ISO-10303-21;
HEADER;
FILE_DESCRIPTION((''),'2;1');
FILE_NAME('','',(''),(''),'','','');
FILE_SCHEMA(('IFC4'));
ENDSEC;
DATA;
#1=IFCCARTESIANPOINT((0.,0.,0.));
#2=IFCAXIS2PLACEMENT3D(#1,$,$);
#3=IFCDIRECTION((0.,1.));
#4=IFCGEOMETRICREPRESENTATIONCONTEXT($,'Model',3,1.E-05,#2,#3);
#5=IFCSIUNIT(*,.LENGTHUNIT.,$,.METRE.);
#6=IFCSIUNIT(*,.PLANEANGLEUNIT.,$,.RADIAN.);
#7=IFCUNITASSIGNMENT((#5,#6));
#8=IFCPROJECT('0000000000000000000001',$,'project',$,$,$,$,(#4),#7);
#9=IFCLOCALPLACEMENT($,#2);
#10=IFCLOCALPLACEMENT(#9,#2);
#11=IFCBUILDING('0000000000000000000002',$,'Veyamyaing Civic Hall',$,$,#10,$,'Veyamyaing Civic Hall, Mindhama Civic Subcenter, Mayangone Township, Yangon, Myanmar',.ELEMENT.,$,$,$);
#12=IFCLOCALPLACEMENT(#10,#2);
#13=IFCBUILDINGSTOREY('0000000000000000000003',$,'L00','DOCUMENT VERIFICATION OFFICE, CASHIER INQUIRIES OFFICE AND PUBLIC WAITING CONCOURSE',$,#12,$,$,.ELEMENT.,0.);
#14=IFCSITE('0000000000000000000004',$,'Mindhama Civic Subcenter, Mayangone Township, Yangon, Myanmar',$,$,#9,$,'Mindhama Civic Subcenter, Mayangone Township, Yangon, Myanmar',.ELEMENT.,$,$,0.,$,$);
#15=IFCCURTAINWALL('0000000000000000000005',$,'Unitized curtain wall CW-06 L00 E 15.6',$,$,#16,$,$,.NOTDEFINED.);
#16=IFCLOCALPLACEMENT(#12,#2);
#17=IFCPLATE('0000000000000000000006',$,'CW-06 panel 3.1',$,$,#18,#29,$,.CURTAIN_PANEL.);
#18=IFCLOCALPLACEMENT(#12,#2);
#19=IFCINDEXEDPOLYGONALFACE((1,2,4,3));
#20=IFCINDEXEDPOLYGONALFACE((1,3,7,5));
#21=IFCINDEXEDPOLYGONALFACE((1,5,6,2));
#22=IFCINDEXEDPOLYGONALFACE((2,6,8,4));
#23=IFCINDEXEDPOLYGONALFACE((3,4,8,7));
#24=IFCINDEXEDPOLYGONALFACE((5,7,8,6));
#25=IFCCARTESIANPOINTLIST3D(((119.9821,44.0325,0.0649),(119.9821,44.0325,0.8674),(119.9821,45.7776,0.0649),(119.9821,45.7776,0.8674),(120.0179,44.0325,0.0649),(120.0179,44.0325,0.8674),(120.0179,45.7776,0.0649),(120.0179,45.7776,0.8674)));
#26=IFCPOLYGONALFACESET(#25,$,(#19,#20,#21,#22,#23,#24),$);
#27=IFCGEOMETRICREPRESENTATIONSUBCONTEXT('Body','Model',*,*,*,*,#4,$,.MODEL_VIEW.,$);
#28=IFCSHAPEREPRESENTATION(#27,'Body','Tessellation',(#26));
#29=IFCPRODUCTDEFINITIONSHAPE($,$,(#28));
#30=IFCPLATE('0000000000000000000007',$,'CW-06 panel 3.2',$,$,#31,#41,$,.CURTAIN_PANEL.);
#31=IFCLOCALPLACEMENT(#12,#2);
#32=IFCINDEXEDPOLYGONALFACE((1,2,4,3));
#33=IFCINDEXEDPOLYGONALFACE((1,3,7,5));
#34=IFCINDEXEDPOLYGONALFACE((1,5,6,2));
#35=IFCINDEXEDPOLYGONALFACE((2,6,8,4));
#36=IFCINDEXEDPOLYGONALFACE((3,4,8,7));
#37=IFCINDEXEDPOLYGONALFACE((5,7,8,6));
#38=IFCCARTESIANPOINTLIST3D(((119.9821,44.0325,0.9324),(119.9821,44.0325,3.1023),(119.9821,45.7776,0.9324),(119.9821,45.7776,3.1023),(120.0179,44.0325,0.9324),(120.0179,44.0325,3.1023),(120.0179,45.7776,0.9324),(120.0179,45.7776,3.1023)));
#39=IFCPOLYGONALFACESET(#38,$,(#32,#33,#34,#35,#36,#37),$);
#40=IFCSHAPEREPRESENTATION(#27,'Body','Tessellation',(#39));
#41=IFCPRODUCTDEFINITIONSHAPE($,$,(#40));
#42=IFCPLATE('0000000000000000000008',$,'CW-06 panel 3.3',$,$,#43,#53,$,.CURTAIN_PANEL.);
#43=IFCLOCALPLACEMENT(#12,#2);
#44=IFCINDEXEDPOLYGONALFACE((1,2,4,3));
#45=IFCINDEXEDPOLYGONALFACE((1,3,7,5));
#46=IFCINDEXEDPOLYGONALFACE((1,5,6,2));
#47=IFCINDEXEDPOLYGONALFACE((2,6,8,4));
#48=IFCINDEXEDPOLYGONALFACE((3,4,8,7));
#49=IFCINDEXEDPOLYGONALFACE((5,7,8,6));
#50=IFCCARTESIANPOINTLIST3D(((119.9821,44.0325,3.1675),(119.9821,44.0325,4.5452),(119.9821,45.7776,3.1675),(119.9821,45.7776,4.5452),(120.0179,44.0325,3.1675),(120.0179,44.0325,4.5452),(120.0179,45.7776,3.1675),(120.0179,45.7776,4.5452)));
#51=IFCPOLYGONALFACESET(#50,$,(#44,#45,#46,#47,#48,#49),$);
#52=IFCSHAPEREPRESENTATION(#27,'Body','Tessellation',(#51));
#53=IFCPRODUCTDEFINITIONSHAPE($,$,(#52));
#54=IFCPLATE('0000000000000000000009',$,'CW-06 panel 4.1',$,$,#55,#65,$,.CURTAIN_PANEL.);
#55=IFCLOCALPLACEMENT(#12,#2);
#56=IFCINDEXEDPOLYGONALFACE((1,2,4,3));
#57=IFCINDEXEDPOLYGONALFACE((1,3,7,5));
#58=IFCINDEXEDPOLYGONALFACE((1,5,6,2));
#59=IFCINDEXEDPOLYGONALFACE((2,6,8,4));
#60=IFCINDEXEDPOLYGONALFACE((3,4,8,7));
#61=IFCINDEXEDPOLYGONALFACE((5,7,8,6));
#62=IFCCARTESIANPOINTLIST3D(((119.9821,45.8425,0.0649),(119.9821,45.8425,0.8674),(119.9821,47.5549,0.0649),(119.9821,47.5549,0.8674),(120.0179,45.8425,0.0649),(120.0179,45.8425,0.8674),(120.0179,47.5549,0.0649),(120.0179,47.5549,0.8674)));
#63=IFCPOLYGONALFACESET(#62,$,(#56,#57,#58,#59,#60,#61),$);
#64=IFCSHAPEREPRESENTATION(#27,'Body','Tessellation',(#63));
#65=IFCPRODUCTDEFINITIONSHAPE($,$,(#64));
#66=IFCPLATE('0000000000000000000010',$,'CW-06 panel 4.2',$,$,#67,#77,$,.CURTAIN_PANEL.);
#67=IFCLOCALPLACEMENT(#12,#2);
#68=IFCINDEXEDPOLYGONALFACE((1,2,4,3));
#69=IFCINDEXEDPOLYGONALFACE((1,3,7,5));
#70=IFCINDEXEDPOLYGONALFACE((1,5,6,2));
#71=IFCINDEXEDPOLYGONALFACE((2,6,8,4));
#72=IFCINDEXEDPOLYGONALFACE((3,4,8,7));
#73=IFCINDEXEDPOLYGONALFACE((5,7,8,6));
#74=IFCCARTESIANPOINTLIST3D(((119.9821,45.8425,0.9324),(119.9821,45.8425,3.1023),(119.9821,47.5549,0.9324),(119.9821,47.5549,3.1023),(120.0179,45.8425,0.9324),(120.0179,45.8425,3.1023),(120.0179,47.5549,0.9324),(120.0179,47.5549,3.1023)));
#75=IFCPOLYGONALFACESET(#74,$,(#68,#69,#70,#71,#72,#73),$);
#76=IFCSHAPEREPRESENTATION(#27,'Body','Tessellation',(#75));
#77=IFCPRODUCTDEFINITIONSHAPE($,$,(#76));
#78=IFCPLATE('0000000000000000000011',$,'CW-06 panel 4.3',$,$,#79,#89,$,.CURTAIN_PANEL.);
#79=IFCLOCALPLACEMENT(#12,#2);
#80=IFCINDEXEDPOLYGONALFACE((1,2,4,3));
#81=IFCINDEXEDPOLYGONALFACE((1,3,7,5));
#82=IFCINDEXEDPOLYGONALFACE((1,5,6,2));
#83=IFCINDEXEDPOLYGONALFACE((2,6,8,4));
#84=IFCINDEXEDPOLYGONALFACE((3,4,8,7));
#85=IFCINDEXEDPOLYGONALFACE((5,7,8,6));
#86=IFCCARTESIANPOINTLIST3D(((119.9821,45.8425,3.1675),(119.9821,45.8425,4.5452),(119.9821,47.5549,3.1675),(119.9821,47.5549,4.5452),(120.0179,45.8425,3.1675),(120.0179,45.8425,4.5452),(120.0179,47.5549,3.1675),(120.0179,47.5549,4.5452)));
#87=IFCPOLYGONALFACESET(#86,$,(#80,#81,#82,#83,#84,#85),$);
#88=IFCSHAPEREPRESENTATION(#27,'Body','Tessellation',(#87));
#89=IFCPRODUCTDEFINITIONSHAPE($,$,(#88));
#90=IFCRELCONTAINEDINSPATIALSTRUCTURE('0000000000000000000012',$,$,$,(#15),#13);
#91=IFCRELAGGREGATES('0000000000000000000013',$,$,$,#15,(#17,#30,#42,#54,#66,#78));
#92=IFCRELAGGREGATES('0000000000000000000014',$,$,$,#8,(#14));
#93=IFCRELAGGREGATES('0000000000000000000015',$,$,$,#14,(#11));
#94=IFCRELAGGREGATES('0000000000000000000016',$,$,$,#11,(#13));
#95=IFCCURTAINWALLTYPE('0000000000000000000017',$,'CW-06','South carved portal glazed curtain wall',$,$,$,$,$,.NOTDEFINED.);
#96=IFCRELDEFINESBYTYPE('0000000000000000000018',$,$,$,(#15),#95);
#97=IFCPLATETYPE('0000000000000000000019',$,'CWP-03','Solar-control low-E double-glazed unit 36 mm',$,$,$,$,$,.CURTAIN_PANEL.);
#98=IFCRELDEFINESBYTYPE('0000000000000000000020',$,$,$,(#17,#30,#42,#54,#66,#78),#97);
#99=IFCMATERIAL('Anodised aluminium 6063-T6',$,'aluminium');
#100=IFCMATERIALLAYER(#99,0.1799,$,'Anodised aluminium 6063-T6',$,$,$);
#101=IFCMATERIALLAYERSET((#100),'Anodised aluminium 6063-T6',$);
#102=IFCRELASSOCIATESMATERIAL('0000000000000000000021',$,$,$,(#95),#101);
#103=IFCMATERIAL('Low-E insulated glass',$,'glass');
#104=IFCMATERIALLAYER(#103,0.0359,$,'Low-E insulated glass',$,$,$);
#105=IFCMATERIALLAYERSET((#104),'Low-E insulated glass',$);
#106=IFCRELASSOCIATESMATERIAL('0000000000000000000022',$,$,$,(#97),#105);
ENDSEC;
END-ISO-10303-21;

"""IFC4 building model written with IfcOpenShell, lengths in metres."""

from ifc_helpers import new_model, si_unit, direction, frame, origin, origin_2d, place, context, subcontext, project, spatial, rectangle, extrude, material, layer, layer_set, type_object, element, aggregate, save


model = new_model("IFC4")

# Units and contexts
model_context = context("Model", 3, precision=1e-05, world=origin(), true_north=direction((0.0, 1.0)))
body_context = subcontext(model_context, "Body", "Model", "MODEL_VIEW")
ifc_project = project(units=[si_unit("LENGTHUNIT", "METRE"), si_unit("PLANEANGLEUNIT", "RADIAN")], contexts=[model_context])

# Site, building, storey
site_placement = place(None, origin())
site = spatial("IfcSite", under=ifc_project, at=site_placement, Name="Mindhama Civic Subcenter, Mayangone Township, Yangon, Myanmar", LongName="Mindhama Civic Subcenter, Mayangone Township, Yangon, Myanmar", CompositionType="ELEMENT", RefElevation=0.0)
building_placement = place(site_placement, origin())
building = spatial("IfcBuilding", under=site, at=building_placement, Name="Veyamyaing Civic Hall", LongName="Veyamyaing Civic Hall, Mindhama Civic Subcenter, Mayangone Township, Yangon, Myanmar", CompositionType="ELEMENT")
storey_placement = place(building_placement, origin())
storey = spatial("IfcBuildingStorey", under=building, at=storey_placement, Name="L00", Description="DOCUMENT VERIFICATION OFFICE, CASHIER INQUIRIES OFFICE AND PUBLIC WAITING CONCOURSE", CompositionType="ELEMENT", Elevation=0.0)

# Curtain wall
ifc_material_1 = material(Name="Anodised aluminium 6063-T6", Category="aluminium")
ifc_layer_1 = layer(ifc_material_1, 0.1799, Name="Anodised aluminium 6063-T6")
ifc_layer_set_1 = layer_set([ifc_layer_1], Name="Anodised aluminium 6063-T6")
curtain_wall_type = type_object("IfcCurtainWallType", Name="CW-06", Description="South carved portal glazed curtain wall", PredefinedType="NOTDEFINED", material=ifc_layer_set_1)
curtain_wall_placement = place(storey_placement, origin())
curtain_wall = element("IfcCurtainWall", 1, at=curtain_wall_placement, inside=storey, type_object=curtain_wall_type, Name="Unitized curtain wall CW-06 L00 E 15.6", PredefinedType="NOTDEFINED")

# Plates
ifc_material_2 = material(Name="Low-E insulated glass", Category="glass")
ifc_layer_2 = layer(ifc_material_2, 0.0359, Name="Low-E insulated glass")
ifc_layer_set_2 = layer_set([ifc_layer_2], Name="Low-E insulated glass")
plate_type = type_object("IfcPlateType", Name="CWP-03", Description="Solar-control low-E double-glazed unit 36 mm", PredefinedType="CURTAIN_PANEL", material=ifc_layer_set_2)
plate_1_placement = place(storey_placement, frame((120.0, 44.905, 0.0649), z_axis=(0.0, 0.0, 1.0), x_axis=(0.0, 1.0, 0.0)))
plate_1 = element("IfcPlate", 2, at=plate_1_placement, type_object=plate_type, Name="CW-06 panel 3.1", PredefinedType="CURTAIN_PANEL", context=body_context, shape_type="SweptSolid", body=[
    extrude(rectangle(XDim=1.7451, YDim=0.0359, at=origin_2d()), origin(), (0.0, 0.0, 1.0), 0.8025),
])
plate_2_placement = place(storey_placement, frame((120.0, 44.905, 0.9324), z_axis=(0.0, 0.0, 1.0), x_axis=(0.0, 1.0, 0.0)))
plate_2 = element("IfcPlate", 3, at=plate_2_placement, type_object=plate_type, Name="CW-06 panel 3.2", PredefinedType="CURTAIN_PANEL", context=body_context, shape_type="SweptSolid", body=[
    extrude(rectangle(XDim=1.7451, YDim=0.0359, at=origin_2d()), origin(), (0.0, 0.0, 1.0), 2.1699),
])
plate_3_placement = place(storey_placement, frame((120.0, 44.905, 3.1675), z_axis=(0.0, 0.0, 1.0), x_axis=(0.0, 1.0, 0.0)))
plate_3 = element("IfcPlate", 4, at=plate_3_placement, type_object=plate_type, Name="CW-06 panel 3.3", PredefinedType="CURTAIN_PANEL", context=body_context, shape_type="SweptSolid", body=[
    extrude(rectangle(XDim=1.7451, YDim=0.0359, at=origin_2d()), origin(), (0.0, 0.0, 1.0), 1.3777),
])
plate_4_placement = place(storey_placement, frame((120.0, 46.6987, 0.0649), z_axis=(0.0, 0.0, 1.0), x_axis=(0.0, 1.0, 0.0)))
plate_4 = element("IfcPlate", 5, at=plate_4_placement, type_object=plate_type, Name="CW-06 panel 4.1", PredefinedType="CURTAIN_PANEL", context=body_context, shape_type="SweptSolid", body=[
    extrude(rectangle(XDim=1.7124, YDim=0.0359, at=origin_2d()), origin(), (0.0, 0.0, 1.0), 0.8025),
])
plate_5_placement = place(storey_placement, frame((120.0, 46.6987, 0.9324), z_axis=(0.0, 0.0, 1.0), x_axis=(0.0, 1.0, 0.0)))
plate_5 = element("IfcPlate", 6, at=plate_5_placement, type_object=plate_type, Name="CW-06 panel 4.2", PredefinedType="CURTAIN_PANEL", context=body_context, shape_type="SweptSolid", body=[
    extrude(rectangle(XDim=1.7124, YDim=0.0359, at=origin_2d()), origin(), (0.0, 0.0, 1.0), 2.1699),
])
plate_6_placement = place(storey_placement, frame((120.0, 46.6987, 3.1675), z_axis=(0.0, 0.0, 1.0), x_axis=(0.0, 1.0, 0.0)))
plate_6 = element("IfcPlate", 7, at=plate_6_placement, type_object=plate_type, Name="CW-06 panel 4.3", PredefinedType="CURTAIN_PANEL", context=body_context, shape_type="SweptSolid", body=[
    extrude(rectangle(XDim=1.7124, YDim=0.0359, at=origin_2d()), origin(), (0.0, 0.0, 1.0), 1.3777),
])
aggregate(curtain_wall, [plate_1, plate_2, plate_3, plate_4, plate_5, plate_6])

save(model, "model.ifc")
